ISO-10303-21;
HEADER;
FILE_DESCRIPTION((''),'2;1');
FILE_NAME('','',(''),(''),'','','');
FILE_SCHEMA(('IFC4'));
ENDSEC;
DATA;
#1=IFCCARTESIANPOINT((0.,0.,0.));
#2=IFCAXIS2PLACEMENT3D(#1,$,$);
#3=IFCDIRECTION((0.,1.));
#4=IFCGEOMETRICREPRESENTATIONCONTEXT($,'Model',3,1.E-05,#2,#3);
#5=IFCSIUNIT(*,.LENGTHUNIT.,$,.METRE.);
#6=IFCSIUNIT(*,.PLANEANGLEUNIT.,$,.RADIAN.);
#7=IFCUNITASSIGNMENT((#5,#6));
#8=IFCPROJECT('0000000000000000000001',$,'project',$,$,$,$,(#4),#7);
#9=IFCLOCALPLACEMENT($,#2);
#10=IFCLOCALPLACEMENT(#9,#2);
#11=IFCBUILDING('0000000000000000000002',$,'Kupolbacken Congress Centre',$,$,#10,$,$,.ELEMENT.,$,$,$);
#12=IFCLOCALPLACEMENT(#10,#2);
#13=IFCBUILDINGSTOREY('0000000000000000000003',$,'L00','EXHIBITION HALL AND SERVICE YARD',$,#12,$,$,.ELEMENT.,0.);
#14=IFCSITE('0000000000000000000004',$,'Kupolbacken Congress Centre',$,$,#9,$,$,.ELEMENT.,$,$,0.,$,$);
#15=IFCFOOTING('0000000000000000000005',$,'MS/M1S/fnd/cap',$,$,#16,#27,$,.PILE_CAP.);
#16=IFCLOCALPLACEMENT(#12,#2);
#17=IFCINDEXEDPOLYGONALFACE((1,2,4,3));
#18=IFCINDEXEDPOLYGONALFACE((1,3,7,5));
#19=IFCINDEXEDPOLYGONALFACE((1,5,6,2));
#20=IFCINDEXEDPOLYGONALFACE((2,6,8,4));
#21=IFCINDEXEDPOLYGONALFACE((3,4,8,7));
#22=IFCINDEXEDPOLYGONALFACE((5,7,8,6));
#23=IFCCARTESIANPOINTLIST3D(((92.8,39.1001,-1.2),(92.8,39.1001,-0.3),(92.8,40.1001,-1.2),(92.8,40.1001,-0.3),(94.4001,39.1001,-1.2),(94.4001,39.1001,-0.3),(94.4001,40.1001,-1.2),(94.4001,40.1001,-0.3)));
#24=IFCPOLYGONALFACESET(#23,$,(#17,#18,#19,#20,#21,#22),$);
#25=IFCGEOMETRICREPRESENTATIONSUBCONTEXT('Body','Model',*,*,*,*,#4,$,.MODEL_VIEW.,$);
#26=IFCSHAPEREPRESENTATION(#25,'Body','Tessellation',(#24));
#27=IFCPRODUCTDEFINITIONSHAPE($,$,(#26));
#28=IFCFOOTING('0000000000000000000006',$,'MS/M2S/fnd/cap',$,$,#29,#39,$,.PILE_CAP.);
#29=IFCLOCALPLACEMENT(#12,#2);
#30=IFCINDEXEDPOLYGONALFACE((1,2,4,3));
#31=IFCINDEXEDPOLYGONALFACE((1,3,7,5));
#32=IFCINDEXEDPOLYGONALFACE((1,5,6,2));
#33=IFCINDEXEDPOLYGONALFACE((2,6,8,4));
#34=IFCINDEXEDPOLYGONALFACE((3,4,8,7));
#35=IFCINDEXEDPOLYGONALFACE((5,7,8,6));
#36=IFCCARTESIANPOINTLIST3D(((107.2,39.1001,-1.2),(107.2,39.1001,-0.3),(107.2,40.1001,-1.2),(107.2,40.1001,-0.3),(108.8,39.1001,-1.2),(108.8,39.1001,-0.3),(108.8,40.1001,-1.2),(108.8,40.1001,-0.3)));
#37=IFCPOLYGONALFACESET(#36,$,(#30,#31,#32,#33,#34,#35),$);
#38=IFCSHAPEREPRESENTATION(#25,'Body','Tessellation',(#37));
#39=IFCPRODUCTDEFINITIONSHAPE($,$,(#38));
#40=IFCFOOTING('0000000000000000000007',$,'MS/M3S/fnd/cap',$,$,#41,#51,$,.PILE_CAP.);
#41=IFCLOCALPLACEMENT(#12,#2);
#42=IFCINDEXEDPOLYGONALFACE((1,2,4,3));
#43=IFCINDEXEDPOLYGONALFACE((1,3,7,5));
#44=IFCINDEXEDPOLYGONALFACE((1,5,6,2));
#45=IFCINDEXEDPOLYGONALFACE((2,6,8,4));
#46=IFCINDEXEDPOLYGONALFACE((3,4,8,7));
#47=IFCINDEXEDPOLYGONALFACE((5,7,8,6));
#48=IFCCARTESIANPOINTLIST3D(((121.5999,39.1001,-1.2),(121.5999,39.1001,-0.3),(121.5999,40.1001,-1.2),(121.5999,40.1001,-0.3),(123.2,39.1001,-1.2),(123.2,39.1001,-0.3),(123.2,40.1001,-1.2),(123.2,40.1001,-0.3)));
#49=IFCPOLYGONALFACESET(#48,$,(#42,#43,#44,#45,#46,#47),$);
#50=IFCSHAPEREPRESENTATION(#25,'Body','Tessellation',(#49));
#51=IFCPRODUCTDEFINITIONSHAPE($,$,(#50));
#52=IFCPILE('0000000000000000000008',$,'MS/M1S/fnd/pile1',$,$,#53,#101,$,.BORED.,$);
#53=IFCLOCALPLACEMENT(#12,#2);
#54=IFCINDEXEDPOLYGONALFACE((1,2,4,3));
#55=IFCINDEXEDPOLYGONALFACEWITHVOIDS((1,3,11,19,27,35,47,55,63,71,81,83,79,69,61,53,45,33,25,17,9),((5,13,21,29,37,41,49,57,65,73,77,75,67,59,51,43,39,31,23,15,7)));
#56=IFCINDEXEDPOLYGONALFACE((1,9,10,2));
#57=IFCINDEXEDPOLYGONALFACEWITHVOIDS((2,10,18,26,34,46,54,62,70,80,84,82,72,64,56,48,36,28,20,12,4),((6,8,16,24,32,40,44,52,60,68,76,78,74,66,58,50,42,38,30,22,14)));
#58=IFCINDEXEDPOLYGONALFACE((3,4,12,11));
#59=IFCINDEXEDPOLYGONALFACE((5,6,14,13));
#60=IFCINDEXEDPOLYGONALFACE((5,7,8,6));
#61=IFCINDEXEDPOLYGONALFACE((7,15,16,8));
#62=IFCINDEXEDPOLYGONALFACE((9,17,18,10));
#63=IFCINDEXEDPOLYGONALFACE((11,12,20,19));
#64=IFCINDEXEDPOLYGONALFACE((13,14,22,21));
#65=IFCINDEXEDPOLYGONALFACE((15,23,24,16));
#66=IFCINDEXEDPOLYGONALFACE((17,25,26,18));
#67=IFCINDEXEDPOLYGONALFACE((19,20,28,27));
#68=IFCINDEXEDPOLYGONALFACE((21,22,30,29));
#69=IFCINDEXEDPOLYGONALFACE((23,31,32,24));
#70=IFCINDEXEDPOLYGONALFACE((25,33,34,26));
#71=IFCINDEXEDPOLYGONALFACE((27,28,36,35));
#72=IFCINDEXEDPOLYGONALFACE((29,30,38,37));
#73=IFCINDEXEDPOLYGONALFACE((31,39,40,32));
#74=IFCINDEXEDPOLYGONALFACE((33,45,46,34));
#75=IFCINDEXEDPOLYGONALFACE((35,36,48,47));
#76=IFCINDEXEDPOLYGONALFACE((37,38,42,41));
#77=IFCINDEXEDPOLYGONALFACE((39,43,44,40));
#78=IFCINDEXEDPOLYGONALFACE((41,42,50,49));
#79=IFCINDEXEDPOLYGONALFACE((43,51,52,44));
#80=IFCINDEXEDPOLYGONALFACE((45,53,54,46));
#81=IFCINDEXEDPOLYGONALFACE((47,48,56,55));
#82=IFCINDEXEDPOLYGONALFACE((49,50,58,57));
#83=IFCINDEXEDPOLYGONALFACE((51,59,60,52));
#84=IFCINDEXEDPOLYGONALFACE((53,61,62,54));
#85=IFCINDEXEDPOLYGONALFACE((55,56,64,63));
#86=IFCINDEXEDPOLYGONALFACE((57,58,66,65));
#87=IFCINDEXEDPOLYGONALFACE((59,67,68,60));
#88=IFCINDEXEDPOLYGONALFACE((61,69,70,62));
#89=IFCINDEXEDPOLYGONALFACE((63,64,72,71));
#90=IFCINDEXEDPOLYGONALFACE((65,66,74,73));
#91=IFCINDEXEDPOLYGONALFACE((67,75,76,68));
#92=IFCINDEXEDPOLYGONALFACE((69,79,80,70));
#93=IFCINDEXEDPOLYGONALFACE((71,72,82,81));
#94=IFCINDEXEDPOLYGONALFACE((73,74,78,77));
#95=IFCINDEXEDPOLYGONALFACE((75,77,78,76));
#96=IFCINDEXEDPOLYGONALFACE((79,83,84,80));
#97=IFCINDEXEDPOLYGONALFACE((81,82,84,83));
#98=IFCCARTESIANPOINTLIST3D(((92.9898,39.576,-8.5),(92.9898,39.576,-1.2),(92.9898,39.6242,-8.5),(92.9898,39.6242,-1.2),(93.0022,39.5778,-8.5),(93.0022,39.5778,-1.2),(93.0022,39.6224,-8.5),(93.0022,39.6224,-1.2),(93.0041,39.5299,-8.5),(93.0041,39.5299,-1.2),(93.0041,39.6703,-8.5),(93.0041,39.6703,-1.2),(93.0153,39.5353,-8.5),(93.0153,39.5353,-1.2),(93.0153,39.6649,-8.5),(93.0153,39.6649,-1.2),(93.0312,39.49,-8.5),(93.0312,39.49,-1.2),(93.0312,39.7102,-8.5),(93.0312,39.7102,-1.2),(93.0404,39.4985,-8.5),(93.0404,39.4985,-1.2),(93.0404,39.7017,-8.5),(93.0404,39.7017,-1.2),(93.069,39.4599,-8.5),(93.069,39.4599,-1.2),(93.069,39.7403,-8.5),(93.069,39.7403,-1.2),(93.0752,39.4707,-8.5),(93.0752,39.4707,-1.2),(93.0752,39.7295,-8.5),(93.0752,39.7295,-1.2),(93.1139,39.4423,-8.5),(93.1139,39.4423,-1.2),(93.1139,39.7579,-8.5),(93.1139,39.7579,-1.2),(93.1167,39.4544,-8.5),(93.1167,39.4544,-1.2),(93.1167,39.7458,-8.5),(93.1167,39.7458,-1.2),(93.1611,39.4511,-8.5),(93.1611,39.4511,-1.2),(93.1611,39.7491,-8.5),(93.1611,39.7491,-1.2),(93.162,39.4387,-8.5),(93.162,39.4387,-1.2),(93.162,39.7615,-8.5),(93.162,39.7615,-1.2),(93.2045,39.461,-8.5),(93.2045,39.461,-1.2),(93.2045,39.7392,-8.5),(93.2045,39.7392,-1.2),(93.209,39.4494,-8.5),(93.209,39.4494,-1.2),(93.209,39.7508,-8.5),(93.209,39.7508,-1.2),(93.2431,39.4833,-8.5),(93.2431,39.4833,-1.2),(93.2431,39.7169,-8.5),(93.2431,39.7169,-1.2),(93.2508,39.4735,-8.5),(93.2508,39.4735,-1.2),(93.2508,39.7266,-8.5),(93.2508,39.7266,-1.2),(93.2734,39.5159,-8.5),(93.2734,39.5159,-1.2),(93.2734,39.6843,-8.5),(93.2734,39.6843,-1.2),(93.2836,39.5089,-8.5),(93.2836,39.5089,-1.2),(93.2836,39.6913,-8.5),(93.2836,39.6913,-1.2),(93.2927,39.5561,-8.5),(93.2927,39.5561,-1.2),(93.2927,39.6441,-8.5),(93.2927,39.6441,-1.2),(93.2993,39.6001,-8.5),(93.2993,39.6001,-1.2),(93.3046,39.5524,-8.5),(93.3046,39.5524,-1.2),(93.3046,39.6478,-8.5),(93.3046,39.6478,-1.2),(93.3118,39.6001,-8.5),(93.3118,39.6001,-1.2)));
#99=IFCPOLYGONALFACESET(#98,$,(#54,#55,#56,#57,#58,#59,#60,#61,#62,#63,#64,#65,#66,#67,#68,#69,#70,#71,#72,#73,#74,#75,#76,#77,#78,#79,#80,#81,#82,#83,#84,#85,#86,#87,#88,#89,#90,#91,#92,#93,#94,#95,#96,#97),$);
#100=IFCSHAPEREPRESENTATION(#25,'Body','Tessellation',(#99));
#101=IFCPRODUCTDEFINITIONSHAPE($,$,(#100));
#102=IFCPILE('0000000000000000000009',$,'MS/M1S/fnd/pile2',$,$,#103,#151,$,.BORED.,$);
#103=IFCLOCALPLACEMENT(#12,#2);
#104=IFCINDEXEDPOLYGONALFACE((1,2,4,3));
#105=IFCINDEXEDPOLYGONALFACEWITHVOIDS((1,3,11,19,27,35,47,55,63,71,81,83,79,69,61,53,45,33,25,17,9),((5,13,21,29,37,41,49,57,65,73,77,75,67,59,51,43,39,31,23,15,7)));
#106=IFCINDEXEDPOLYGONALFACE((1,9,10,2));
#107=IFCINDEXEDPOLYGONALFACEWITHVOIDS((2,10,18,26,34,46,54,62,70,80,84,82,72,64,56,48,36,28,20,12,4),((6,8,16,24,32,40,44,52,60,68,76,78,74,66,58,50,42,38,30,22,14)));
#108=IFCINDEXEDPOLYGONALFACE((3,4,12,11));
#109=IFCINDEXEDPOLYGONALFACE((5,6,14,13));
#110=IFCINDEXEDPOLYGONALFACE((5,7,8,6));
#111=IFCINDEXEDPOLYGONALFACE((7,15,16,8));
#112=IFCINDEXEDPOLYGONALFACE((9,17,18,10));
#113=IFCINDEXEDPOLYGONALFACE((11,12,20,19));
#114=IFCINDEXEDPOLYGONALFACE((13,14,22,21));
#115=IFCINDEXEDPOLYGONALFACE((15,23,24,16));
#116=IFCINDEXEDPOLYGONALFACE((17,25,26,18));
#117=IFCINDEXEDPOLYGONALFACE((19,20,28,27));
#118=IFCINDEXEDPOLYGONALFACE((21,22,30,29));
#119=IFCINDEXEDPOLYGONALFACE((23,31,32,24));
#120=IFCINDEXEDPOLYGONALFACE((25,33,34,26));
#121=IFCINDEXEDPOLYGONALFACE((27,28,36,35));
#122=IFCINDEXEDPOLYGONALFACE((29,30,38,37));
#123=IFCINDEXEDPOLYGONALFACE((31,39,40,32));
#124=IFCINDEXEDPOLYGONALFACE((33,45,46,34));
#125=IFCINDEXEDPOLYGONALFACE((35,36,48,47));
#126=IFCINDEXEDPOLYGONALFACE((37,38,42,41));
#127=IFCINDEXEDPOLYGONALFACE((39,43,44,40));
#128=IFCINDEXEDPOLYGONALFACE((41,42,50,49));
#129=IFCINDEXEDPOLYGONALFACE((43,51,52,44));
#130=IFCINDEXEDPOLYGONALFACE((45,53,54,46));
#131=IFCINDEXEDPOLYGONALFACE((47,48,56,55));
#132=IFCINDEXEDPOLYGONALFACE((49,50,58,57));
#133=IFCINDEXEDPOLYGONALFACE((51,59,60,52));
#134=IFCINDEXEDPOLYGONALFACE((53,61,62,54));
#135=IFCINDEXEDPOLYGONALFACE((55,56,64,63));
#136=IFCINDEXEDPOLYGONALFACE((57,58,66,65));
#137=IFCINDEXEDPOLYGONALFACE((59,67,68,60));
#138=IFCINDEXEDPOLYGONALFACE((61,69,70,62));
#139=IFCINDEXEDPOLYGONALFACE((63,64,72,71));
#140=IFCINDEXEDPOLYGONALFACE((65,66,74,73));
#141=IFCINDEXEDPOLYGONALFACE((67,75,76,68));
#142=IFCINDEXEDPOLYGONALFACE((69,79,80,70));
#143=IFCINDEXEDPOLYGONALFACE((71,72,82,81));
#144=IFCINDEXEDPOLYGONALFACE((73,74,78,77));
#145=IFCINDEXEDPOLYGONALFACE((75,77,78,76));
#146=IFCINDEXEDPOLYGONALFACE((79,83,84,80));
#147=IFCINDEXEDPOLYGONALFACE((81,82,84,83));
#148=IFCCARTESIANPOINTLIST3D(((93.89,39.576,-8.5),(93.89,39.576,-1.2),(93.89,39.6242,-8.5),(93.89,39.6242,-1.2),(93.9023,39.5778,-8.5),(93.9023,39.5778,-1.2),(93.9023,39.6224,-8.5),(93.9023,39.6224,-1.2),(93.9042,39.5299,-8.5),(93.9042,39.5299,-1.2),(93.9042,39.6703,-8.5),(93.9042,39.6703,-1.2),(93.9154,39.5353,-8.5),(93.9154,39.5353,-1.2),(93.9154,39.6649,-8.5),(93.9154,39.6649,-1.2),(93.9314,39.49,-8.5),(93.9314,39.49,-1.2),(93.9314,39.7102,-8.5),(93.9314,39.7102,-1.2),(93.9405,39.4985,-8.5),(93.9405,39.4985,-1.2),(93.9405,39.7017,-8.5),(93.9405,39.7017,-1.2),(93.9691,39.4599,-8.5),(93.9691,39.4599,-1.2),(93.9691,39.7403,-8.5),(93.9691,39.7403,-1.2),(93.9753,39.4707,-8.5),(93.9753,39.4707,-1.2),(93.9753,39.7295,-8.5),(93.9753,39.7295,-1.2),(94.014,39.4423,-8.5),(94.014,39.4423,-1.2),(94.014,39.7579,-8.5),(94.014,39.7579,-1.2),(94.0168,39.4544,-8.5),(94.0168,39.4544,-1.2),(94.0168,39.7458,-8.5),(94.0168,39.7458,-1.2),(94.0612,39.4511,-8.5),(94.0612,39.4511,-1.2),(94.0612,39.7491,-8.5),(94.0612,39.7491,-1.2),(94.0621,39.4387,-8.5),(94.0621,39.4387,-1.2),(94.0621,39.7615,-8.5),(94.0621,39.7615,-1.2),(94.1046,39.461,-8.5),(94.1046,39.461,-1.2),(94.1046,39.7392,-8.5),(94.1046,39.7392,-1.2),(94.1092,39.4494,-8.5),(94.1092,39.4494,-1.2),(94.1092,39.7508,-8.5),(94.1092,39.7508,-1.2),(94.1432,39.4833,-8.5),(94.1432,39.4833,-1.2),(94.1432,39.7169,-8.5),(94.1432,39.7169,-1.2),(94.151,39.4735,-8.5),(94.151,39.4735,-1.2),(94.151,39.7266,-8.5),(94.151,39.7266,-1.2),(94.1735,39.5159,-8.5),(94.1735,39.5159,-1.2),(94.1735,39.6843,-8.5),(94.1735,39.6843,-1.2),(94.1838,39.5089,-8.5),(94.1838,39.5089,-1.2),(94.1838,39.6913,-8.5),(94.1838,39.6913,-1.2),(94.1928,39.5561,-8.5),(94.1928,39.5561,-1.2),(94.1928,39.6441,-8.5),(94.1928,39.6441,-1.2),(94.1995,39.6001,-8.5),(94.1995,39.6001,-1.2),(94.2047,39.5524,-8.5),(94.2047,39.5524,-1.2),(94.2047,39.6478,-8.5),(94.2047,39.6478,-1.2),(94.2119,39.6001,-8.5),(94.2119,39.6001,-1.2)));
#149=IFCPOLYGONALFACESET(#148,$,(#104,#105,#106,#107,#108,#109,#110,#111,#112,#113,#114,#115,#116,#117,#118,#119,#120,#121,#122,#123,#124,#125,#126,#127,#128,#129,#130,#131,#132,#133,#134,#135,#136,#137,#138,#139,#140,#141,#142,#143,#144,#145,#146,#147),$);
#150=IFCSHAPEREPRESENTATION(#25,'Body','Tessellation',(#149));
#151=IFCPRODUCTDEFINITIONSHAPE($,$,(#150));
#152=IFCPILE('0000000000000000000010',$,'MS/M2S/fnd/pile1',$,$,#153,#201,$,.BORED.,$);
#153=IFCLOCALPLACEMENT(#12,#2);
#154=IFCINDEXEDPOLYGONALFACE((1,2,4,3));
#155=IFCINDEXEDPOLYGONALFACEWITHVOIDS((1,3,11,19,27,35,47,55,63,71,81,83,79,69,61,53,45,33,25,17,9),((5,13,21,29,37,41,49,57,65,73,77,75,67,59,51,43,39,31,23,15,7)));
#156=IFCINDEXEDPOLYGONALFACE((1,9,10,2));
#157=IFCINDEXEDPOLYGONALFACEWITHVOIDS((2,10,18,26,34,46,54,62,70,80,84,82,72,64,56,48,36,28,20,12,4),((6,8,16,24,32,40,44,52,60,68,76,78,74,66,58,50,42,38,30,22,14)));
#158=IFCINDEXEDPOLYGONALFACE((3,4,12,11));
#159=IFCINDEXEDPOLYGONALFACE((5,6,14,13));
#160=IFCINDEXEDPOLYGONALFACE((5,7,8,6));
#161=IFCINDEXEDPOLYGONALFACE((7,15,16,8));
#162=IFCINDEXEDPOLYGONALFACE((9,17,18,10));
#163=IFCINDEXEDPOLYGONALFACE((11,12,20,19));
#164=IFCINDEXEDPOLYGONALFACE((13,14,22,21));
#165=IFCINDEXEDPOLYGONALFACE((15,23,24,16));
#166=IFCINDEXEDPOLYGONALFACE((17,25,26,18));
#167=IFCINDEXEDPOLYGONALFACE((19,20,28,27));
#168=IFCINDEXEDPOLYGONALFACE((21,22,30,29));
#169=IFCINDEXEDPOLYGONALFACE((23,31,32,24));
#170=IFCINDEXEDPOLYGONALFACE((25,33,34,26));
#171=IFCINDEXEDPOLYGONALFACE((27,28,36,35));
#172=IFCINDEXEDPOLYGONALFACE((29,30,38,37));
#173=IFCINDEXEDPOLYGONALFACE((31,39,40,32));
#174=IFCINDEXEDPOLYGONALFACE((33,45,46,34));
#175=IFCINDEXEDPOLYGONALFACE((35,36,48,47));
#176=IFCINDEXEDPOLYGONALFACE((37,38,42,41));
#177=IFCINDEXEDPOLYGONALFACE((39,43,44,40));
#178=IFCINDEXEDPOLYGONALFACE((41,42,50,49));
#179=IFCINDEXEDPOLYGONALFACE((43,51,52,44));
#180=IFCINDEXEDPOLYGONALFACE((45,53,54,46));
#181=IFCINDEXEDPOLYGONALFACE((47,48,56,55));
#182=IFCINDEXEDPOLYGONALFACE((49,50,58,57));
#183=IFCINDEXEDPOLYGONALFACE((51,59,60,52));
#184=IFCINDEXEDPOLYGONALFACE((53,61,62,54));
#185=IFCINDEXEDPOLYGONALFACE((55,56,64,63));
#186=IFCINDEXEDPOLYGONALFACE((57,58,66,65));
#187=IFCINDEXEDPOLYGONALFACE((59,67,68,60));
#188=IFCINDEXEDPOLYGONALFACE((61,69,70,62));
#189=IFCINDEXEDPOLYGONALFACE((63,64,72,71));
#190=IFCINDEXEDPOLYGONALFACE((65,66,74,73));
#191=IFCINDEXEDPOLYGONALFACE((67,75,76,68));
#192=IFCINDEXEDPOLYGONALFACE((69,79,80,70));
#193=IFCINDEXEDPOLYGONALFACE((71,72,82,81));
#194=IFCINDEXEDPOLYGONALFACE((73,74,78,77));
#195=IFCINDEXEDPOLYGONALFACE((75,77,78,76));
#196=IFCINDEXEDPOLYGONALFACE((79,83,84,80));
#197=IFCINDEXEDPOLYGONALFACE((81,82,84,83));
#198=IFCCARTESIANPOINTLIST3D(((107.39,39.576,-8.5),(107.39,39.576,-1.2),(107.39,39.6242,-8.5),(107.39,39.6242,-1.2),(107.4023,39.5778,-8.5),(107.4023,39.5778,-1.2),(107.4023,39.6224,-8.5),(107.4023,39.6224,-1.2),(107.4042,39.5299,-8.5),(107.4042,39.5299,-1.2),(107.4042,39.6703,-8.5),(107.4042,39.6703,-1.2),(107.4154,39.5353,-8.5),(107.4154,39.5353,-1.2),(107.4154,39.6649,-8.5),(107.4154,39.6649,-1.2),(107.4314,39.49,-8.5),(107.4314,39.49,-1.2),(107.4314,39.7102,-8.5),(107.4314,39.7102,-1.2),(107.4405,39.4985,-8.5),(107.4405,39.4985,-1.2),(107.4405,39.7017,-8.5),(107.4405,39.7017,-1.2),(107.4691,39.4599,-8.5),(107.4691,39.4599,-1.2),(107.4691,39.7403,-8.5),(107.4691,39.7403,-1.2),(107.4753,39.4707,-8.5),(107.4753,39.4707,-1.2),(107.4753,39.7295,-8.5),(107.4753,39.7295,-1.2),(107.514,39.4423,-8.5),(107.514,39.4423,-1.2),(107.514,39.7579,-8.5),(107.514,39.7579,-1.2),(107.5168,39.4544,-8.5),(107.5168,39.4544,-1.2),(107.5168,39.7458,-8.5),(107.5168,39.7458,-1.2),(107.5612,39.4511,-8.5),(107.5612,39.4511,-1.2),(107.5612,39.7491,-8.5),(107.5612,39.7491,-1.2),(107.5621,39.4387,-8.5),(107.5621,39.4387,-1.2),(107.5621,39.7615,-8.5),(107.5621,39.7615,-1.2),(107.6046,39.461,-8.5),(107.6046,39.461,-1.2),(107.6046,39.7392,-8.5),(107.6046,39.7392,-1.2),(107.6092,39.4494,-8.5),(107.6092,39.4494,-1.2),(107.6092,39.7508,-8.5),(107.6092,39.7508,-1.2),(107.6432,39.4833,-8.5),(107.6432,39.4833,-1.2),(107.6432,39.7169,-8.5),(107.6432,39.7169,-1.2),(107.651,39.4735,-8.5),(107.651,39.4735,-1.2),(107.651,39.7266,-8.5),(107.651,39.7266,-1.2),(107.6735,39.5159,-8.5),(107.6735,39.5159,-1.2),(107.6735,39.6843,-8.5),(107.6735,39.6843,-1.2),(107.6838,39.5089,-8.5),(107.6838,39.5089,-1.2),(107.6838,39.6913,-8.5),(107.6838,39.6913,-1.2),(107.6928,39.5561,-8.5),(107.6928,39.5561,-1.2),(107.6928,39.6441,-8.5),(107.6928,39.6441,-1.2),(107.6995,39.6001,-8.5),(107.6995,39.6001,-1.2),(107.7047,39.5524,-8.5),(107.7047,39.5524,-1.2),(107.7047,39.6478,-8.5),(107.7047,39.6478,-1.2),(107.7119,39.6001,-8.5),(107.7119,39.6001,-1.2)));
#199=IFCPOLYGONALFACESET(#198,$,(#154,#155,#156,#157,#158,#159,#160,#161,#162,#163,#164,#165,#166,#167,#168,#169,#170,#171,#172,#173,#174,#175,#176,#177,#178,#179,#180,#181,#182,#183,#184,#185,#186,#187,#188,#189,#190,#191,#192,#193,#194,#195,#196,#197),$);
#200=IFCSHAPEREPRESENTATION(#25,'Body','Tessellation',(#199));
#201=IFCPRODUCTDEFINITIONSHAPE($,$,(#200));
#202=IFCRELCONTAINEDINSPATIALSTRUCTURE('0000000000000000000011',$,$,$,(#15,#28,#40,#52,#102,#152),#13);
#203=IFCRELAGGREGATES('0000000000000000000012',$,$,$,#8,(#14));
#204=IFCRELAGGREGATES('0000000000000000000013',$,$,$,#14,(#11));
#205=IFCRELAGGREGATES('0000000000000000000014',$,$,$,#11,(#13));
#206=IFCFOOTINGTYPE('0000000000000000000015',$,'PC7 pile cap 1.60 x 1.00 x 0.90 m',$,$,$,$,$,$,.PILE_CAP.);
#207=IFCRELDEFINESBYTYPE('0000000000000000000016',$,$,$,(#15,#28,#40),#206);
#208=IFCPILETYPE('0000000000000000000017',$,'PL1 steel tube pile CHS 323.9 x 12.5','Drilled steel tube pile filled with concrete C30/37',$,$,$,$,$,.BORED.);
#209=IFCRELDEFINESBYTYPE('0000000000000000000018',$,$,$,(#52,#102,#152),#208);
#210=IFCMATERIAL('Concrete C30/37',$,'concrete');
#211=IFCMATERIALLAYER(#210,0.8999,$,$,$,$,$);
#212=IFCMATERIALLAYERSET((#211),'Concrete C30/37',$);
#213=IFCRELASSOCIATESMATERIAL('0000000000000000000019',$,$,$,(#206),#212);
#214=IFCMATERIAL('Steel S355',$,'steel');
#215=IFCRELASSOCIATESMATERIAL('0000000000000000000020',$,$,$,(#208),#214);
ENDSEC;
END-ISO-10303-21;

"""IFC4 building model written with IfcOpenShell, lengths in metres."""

from ifc_helpers import new_model, si_unit, direction, frame, origin, origin_2d, place, context, subcontext, project, spatial, rectangle, hollow_circle, extrude, material, layer, layer_set, material_profile, profile_set, type_object, element, save


model = new_model("IFC4")

# Units and contexts
model_context = context("Model", 3, precision=1e-05, world=origin(), true_north=direction((0.0, 1.0)))
body_context = subcontext(model_context, "Body", "Model", "MODEL_VIEW")
ifc_project = project(units=[si_unit("LENGTHUNIT", "METRE"), si_unit("PLANEANGLEUNIT", "RADIAN")], contexts=[model_context])

# Site, building, storey
site_placement = place(None, origin())
site = spatial("IfcSite", under=ifc_project, at=site_placement, Name="Kupolbacken Congress Centre", CompositionType="ELEMENT", RefElevation=0.0)
building_placement = place(site_placement, origin())
building = spatial("IfcBuilding", under=site, at=building_placement, Name="Kupolbacken Congress Centre", CompositionType="ELEMENT")
storey_placement = place(building_placement, origin())
storey = spatial("IfcBuildingStorey", under=building, at=storey_placement, Name="L00", Description="EXHIBITION HALL AND SERVICE YARD", CompositionType="ELEMENT", Elevation=0.0)

# Footings
ifc_material_1 = material(Name="Concrete C30/37", Category="concrete")
ifc_layer_1 = layer(ifc_material_1, 0.8999)
ifc_layer_set_1 = layer_set([ifc_layer_1], Name="Concrete C30/37")
footing_type = type_object("IfcFootingType", Name="PC7 pile cap 1.60 x 1.00 x 0.90 m", PredefinedType="PILE_CAP", material=ifc_layer_set_1)
for number, where, z_axis, x_axis, name in (
    (1, (93.6001, 39.6001, -1.2), (0.0, 0.0, 1.0), (1.0, 0.0, 0.0), "MS/M1S/fnd/cap"),
    (2, (108.0, 39.6001, -1.2), (0.0, 0.0, 1.0), (1.0, 0.0, 0.0), "MS/M2S/fnd/cap"),
    (3, (122.3999, 39.6001, -1.2), (0.0, 0.0, 1.0), (1.0, 0.0, 0.0), "MS/M3S/fnd/cap"),
):
    element("IfcFooting", number, at=place(storey_placement, frame(where, z_axis=z_axis, x_axis=x_axis)), inside=storey, type_object=footing_type, Name=name, PredefinedType="PILE_CAP", context=body_context, shape_type="SweptSolid", body=[
        extrude(rectangle(XDim=1.6001, YDim=1.0, at=origin_2d()), origin(), (0.0, 0.0, 1.0), 0.8999),
    ])

# Piles
ifc_material_2 = material(Name="Steel S355", Category="steel")
ifc_material_profile_1 = material_profile(ifc_material_2, hollow_circle(Radius=0.1619, WallThickness=0.0125, at=origin_2d()), Name="CHS 323.9 x 12.5")
ifc_profile_set_1 = profile_set([ifc_material_profile_1], Name="Steel S355")
pile_type = type_object("IfcPileType", Name="PL1 steel tube pile CHS 323.9 x 12.5", Description="Drilled steel tube pile filled with concrete C30/37", PredefinedType="BORED", material=ifc_profile_set_1)
for number, where, z_axis, x_axis, name in (
    (4, (93.1499, 39.6001, -1.2), (0.0, 0.0, -1.0), (1.0, 0.0, 0.0), "MS/M1S/fnd/pile1"),
    (5, (94.05, 39.6001, -1.2), (0.0, 0.0, -1.0), (1.0, 0.0, 0.0), "MS/M1S/fnd/pile2"),
    (6, (107.55, 39.6001, -1.2), (0.0, 0.0, -1.0), (1.0, 0.0, 0.0), "MS/M2S/fnd/pile1"),
):
    element("IfcPile", number, at=place(storey_placement, frame(where, z_axis=z_axis, x_axis=x_axis)), inside=storey, type_object=pile_type, Name=name, PredefinedType="BORED", context=body_context, shape_type="SweptSolid", body=[
        extrude(hollow_circle(Radius=0.1619, WallThickness=0.0125, at=origin_2d()), origin(), (0.0, 0.0, 1.0), 7.3),
    ])

save(model, "model.ifc")
